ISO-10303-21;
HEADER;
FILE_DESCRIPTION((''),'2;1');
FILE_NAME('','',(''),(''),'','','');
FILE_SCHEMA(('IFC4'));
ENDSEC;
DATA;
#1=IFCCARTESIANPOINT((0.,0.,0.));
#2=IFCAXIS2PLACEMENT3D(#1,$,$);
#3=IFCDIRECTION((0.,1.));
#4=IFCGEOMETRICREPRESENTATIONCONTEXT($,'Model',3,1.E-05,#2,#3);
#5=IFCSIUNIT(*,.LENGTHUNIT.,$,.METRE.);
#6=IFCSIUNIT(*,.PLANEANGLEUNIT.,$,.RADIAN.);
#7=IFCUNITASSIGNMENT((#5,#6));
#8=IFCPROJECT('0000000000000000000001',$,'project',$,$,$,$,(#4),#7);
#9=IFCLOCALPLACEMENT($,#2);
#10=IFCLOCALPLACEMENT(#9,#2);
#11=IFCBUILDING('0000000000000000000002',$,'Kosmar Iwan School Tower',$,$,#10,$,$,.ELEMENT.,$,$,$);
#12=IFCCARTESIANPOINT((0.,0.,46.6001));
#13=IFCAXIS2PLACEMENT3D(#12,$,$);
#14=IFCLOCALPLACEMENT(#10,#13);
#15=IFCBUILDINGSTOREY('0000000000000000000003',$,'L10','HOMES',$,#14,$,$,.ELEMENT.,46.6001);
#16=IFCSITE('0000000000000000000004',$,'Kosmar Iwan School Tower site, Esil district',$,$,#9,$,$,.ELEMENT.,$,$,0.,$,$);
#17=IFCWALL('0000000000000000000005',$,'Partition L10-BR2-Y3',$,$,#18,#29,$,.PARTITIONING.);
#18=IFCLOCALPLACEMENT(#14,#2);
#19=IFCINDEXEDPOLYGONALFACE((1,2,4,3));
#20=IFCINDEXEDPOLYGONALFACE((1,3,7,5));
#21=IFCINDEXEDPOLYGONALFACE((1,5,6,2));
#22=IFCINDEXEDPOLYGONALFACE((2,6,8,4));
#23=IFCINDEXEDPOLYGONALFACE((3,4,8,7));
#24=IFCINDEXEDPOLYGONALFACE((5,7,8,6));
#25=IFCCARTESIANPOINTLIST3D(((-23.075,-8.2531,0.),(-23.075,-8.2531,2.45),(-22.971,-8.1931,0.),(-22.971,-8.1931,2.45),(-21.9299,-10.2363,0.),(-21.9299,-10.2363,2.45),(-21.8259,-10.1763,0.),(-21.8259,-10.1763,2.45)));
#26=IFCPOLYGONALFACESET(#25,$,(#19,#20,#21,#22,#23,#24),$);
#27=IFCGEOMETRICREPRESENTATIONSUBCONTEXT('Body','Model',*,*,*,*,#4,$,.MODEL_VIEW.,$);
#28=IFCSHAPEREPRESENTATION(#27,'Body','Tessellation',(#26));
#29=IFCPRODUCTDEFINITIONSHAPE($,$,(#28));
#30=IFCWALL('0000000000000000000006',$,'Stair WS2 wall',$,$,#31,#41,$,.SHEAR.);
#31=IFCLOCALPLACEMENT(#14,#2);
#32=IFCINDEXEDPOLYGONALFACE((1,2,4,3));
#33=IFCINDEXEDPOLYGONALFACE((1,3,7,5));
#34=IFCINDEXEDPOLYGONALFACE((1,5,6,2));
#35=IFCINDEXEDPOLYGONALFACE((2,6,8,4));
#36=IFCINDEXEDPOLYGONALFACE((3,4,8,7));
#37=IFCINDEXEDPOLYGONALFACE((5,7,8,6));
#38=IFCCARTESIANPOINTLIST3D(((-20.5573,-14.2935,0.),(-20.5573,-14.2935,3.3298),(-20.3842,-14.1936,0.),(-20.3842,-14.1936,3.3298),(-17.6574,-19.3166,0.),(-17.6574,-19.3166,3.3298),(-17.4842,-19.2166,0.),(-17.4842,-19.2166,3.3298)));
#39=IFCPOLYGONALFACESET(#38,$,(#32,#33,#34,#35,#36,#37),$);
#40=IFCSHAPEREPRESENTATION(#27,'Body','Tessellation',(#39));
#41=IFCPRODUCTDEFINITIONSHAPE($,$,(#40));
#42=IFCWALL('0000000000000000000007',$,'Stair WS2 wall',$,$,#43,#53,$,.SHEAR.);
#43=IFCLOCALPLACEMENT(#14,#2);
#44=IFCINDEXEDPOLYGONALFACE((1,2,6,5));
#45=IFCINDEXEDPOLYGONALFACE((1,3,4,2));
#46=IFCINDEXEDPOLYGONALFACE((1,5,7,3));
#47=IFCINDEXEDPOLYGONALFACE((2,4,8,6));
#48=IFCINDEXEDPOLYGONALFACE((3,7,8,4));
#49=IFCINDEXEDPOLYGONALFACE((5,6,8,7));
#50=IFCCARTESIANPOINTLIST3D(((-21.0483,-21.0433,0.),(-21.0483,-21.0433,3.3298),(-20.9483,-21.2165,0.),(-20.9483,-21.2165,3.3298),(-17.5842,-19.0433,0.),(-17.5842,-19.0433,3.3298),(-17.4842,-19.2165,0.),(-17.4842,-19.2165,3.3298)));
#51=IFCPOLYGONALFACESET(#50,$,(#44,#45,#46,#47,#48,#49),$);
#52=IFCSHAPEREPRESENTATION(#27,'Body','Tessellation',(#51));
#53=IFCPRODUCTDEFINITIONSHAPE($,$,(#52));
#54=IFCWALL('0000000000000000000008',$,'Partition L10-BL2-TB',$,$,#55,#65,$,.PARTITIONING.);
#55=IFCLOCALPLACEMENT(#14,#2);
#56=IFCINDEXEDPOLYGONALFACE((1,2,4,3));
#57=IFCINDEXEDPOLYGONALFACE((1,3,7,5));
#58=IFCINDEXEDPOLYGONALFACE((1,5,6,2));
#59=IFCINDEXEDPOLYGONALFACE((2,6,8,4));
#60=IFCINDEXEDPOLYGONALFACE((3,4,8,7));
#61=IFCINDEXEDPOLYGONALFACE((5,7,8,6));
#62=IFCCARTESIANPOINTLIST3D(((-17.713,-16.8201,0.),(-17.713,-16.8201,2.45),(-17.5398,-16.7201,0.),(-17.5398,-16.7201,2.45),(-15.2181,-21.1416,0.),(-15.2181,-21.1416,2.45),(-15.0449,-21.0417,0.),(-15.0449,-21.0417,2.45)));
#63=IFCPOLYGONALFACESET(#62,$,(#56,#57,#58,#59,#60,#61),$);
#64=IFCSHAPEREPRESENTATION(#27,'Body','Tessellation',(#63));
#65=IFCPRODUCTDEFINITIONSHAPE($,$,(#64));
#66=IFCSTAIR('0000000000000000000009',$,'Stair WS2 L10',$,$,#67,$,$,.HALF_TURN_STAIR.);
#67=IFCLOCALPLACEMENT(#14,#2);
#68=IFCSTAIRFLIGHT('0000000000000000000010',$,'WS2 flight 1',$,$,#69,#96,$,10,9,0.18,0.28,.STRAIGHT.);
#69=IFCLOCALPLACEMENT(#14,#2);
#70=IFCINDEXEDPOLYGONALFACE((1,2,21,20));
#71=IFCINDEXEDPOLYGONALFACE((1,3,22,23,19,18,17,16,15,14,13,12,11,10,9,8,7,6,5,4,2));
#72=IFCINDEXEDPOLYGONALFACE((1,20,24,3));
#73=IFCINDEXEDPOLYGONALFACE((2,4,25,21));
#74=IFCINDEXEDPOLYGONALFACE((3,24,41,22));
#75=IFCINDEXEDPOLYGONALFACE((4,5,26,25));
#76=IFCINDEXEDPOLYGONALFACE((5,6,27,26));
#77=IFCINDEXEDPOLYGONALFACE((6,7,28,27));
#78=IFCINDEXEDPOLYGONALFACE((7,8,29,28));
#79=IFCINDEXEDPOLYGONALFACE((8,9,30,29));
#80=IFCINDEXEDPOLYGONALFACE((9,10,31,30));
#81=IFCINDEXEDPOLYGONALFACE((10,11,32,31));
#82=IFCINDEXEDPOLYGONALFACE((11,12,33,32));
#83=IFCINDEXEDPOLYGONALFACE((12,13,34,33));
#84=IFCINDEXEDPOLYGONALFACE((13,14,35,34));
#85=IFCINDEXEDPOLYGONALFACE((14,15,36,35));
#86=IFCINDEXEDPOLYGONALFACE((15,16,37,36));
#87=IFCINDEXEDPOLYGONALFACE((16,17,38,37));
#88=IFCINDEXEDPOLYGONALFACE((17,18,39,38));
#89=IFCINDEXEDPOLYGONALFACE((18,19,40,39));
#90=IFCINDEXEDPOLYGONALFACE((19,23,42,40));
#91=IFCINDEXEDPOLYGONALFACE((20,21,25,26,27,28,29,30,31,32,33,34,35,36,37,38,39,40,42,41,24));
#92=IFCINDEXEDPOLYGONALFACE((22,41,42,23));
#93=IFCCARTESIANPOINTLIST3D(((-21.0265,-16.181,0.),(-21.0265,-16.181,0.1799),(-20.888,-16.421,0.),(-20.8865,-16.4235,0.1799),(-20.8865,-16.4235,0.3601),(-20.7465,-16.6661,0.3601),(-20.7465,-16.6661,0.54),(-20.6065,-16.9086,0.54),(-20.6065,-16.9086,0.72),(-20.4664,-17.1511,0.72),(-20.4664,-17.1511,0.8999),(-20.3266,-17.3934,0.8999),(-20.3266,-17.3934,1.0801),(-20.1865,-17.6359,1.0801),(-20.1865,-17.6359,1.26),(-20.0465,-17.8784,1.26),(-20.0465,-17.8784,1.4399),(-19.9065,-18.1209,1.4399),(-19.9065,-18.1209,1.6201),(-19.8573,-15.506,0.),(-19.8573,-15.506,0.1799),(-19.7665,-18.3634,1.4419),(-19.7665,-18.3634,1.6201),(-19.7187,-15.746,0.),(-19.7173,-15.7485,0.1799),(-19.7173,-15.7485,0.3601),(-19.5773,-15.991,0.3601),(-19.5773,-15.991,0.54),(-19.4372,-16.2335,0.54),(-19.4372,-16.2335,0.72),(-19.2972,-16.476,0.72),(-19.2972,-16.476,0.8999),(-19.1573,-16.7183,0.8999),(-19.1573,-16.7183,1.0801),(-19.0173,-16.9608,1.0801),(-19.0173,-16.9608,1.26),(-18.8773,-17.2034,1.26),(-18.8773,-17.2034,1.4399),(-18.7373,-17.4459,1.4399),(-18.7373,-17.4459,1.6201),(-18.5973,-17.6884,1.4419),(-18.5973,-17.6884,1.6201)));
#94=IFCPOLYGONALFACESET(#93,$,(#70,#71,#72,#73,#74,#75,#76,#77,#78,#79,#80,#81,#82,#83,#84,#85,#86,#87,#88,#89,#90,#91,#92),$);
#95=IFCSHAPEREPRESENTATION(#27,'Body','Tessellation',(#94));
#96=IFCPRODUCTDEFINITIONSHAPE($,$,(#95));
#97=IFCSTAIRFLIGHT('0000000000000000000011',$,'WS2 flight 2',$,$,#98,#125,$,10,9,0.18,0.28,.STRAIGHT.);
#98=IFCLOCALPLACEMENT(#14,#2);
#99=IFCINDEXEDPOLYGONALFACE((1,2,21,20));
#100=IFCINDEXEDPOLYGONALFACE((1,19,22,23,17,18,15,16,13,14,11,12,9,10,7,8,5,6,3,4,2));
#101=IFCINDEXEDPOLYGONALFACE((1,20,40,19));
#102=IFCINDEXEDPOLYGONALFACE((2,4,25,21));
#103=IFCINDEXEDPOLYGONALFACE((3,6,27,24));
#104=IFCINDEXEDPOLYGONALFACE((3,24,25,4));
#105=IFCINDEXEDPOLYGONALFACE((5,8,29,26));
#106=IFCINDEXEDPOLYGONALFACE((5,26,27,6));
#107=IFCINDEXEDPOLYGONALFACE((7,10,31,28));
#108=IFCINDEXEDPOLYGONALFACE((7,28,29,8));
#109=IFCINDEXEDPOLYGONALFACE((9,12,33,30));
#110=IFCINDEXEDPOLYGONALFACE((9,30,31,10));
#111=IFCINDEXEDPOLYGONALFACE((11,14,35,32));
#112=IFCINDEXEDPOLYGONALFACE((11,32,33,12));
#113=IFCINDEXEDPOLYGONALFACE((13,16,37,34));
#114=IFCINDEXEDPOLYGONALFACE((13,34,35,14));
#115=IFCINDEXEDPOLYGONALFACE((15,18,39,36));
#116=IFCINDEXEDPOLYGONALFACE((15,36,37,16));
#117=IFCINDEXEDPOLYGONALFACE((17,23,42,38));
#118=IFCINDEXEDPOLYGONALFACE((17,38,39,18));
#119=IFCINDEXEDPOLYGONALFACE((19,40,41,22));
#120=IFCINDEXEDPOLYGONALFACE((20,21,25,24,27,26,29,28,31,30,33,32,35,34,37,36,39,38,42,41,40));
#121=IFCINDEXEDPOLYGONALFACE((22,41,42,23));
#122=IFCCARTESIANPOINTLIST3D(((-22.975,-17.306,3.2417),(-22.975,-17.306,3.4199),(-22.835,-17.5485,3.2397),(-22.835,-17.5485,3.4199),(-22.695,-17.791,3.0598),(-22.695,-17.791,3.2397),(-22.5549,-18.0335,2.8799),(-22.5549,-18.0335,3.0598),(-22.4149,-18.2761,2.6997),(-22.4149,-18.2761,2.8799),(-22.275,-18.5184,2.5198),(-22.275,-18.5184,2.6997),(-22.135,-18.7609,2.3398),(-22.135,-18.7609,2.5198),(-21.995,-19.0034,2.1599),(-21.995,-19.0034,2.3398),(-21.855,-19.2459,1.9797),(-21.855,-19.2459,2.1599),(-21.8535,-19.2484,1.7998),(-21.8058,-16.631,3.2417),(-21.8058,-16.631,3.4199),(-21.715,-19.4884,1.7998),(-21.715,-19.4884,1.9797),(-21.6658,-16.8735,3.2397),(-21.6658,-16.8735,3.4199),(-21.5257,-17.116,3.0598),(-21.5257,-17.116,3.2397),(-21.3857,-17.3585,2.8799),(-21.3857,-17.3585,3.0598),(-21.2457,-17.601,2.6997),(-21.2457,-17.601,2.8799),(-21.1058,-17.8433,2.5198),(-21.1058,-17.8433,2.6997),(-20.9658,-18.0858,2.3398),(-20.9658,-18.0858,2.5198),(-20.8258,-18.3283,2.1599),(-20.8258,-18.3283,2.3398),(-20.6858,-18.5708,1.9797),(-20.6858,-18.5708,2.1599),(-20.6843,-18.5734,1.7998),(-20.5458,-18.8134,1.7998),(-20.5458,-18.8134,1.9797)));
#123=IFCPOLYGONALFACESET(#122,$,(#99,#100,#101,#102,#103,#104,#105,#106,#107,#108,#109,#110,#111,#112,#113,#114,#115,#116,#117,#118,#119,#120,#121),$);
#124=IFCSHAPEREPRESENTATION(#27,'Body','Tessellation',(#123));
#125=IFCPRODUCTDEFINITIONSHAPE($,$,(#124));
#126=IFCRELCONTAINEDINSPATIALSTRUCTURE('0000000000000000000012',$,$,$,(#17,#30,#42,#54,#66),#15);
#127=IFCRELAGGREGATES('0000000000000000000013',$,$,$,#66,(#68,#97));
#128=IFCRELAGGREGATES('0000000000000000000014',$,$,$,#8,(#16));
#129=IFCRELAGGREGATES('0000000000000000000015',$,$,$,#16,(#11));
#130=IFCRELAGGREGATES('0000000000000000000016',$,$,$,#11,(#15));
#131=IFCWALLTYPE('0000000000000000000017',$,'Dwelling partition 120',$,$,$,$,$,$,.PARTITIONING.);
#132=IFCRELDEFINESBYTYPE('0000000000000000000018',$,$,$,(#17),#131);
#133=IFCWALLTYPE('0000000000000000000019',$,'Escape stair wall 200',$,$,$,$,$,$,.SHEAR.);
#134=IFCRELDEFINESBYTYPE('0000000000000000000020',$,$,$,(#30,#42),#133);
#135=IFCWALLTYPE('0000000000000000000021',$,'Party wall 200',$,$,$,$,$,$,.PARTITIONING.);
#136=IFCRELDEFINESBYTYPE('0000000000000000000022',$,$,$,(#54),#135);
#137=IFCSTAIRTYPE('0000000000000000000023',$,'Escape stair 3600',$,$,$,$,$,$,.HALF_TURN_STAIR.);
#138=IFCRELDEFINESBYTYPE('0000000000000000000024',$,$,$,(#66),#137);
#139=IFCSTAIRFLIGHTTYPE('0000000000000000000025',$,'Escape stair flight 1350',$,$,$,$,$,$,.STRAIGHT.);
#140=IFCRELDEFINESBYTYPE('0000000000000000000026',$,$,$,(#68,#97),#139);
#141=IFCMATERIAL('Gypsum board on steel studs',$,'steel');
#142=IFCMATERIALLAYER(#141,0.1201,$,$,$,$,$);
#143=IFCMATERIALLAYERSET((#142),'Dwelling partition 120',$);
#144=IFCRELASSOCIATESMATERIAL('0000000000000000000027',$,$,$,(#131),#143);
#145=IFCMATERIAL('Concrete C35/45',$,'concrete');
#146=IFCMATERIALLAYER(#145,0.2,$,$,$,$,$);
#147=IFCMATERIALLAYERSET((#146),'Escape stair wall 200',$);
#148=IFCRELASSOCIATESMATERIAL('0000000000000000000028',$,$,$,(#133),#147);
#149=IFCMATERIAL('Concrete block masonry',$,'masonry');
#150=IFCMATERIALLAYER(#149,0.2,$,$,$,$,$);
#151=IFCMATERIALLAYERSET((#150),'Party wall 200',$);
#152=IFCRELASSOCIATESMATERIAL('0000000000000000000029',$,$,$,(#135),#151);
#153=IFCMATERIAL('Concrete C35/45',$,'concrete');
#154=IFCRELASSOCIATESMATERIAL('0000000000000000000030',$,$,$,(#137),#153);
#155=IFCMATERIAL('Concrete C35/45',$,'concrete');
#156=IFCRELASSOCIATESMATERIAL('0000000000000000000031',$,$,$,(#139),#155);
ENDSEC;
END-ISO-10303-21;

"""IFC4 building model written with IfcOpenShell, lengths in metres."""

from ifc_helpers import new_model, si_unit, direction, frame, frame_2d, origin, place, context, subcontext, project, spatial, polyline, rectangle, outline, extrude, material, layer, layer_set, type_object, element, aggregate, save


model = new_model("IFC4")

# Units and contexts
model_context = context("Model", 3, precision=1e-05, world=origin(), true_north=direction((0.0, 1.0)))
body_context = subcontext(model_context, "Body", "Model", "MODEL_VIEW")
ifc_project = project(units=[si_unit("LENGTHUNIT", "METRE"), si_unit("PLANEANGLEUNIT", "RADIAN")], contexts=[model_context])

# Site, building, storey
site_placement = place(None, origin())
site = spatial("IfcSite", under=ifc_project, at=site_placement, Name="Kosmar Iwan School Tower site, Esil district", CompositionType="ELEMENT", RefElevation=0.0)
building_placement = place(site_placement, origin())
building = spatial("IfcBuilding", under=site, at=building_placement, Name="Kosmar Iwan School Tower", CompositionType="ELEMENT")
storey_placement = place(building_placement, frame((0.0, 0.0, 46.6001)))
storey = spatial("IfcBuildingStorey", under=building, at=storey_placement, Name="L10", Description="HOMES", CompositionType="ELEMENT", Elevation=46.6001)

# Shared definitions
ifc_material_1 = material(Name="Gypsum board on steel studs", Category="steel")
ifc_layer_1 = layer(ifc_material_1, 0.1201)
ifc_layer_set_1 = layer_set([ifc_layer_1], Name="Dwelling partition 120")
wall_type_1 = type_object("IfcWallType", Name="Dwelling partition 120", PredefinedType="PARTITIONING", material=ifc_layer_set_1)

# Walls
wall_1_placement = place(storey_placement, frame((-21.8779, -10.2063, 0.0), z_axis=(0.0, 0.0, 1.0), x_axis=(-0.500015, 0.866017, 0.0)))
element("IfcWall", 1, at=wall_1_placement, inside=storey, type_object=wall_type_1, Name="Partition L10-BR2-Y3", PredefinedType="PARTITIONING", context=body_context, shape_type="SweptSolid", body=[
    extrude(rectangle(XDim=2.29, YDim=0.1201, at=frame_2d((1.145, 0.0))), origin(), (0.0, 0.0, 1.0), 2.45),
])
ifc_material_2 = material(Name="Concrete C35/45", Category="concrete")
ifc_layer_2 = layer(ifc_material_2, 0.2)
ifc_layer_set_2 = layer_set([ifc_layer_2], Name="Escape stair wall 200")
wall_type_2 = type_object("IfcWallType", Name="Escape stair wall 200", PredefinedType="SHEAR", material=ifc_layer_set_2)
wall_2_placement = place(storey_placement, frame((-20.4707, -14.2437, 0.0), z_axis=(0.0, 0.0, 1.0), x_axis=(0.499987, -0.866033, 0.0)))
element("IfcWall", 2, at=wall_2_placement, inside=storey, type_object=wall_type_2, Name="Stair WS2 wall", PredefinedType="SHEAR", context=body_context, shape_type="SweptSolid", body=[
    extrude(rectangle(XDim=5.8, YDim=0.2, at=frame_2d((2.8999, 0.0))), origin(), (0.0, 0.0, 1.0), 3.3298),
])
wall_3_placement = place(storey_placement, frame((-17.5342, -19.1299, 0.0), z_axis=(0.0, 0.0, 1.0), x_axis=(-0.866026, -0.499999, 0.0)))
element("IfcWall", 3, at=wall_3_placement, inside=storey, type_object=wall_type_2, Name="Stair WS2 wall", PredefinedType="SHEAR", context=body_context, shape_type="SweptSolid", body=[
    extrude(rectangle(XDim=4.0, YDim=0.2, at=frame_2d((2.0, 0.0))), origin(), (0.0, 0.0, 1.0), 3.3298),
])
ifc_material_3 = material(Name="Concrete block masonry", Category="masonry")
ifc_layer_3 = layer(ifc_material_3, 0.2)
ifc_layer_set_3 = layer_set([ifc_layer_3], Name="Party wall 200")
wall_type_3 = type_object("IfcWallType", Name="Party wall 200", PredefinedType="PARTITIONING", material=ifc_layer_set_3)
wall_4_placement = place(storey_placement, frame((-17.6265, -16.77, 0.0), z_axis=(0.0, 0.0, 1.0), x_axis=(0.499975, -0.86604, 0.0)))
element("IfcWall", 4, at=wall_4_placement, inside=storey, type_object=wall_type_3, Name="Partition L10-BL2-TB", PredefinedType="PARTITIONING", context=body_context, shape_type="SweptSolid", body=[
    extrude(rectangle(XDim=4.99, YDim=0.2, at=frame_2d((2.4951, 0.0))), origin(), (0.0, 0.0, 1.0), 2.45),
])

# Stair, stair flights
ifc_material_4 = material(Name="Concrete C35/45", Category="concrete")
stair_type = type_object("IfcStairType", Name="Escape stair 3600", PredefinedType="HALF_TURN_STAIR", material=ifc_material_4)
stair_placement = place(storey_placement, origin())
stair = element("IfcStair", 5, at=stair_placement, inside=storey, type_object=stair_type, Name="Stair WS2 L10", PredefinedType="HALF_TURN_STAIR")
ifc_material_5 = material(Name="Concrete C35/45", Category="concrete")
stair_flight_type = type_object("IfcStairFlightType", Name="Escape stair flight 1350", PredefinedType="STRAIGHT", material=ifc_material_5)
stair_flight_1_placement = place(storey_placement, frame((-20.4419, -15.8435, 0.0), z_axis=(0.0, 0.0, 1.0), x_axis=(0.5, -0.866025, 0.0)))
stair_flight_1 = element("IfcStairFlight", 6, at=stair_flight_1_placement, type_object=stair_flight_type, Name="WS2 flight 1", NumberOfRisers=10, NumberOfTreads=9, PredefinedType="STRAIGHT", RiserHeight=0.18, TreadLength=0.28, context=body_context, shape_type="SweptSolid", body=[
    extrude(outline(polyline([(0.0, 0.0), (0.0, 0.1799), (0.28, 0.1799), (0.28, 0.3601), (0.5601, 0.3601), (0.5601, 0.54), (0.8401, 0.54), (0.8401, 0.72), (1.1201, 0.72), (1.1201, 0.8999), (1.3999, 0.8999), (1.3999, 1.0801), (1.6799, 1.0801), (1.6799, 1.26), (1.96, 1.26), (1.96, 1.4399), (2.24, 1.4399), (2.24, 1.6201), (2.52, 1.6201), (2.52, 1.8), (2.52, 1.4419), (0.2771, 0.0), (0.0, 0.0)])), frame((0.0, 0.675, 0.0), z_axis=(0.0, -1.0, 0.0), x_axis=(1.0, 0.0, 0.0)), (0.0, 0.0, 1.0), 1.3501),
])
stair_flight_2_placement = place(storey_placement, frame((-21.1304, -19.1509, 1.7998), z_axis=(0.0, 0.0, 1.0), x_axis=(-0.5, 0.866025, 0.0)))
stair_flight_2 = element("IfcStairFlight", 7, at=stair_flight_2_placement, type_object=stair_flight_type, Name="WS2 flight 2", NumberOfRisers=10, NumberOfTreads=9, PredefinedType="STRAIGHT", RiserHeight=0.18, TreadLength=0.28, context=body_context, shape_type="SweptSolid", body=[
    extrude(outline(polyline([(0.0, 0.0), (0.0, 0.1799), (0.28, 0.1799), (0.28, 0.3601), (0.5601, 0.3601), (0.5601, 0.54), (0.8401, 0.54), (0.8401, 0.72), (1.1201, 0.72), (1.1201, 0.8999), (1.3999, 0.8999), (1.3999, 1.0801), (1.6799, 1.0801), (1.6799, 1.26), (1.96, 1.26), (1.96, 1.4399), (2.24, 1.4399), (2.24, 1.6201), (2.52, 1.6201), (2.52, 1.8), (2.52, 1.4419), (0.2771, 0.0), (0.0, 0.0)])), frame((0.0, 0.675, 0.0), z_axis=(0.0, -1.0, 0.0), x_axis=(1.0, 0.0, 0.0)), (0.0, 0.0, 1.0), 1.3501),
])
aggregate(stair, [stair_flight_1, stair_flight_2])

save(model, "model.ifc")
